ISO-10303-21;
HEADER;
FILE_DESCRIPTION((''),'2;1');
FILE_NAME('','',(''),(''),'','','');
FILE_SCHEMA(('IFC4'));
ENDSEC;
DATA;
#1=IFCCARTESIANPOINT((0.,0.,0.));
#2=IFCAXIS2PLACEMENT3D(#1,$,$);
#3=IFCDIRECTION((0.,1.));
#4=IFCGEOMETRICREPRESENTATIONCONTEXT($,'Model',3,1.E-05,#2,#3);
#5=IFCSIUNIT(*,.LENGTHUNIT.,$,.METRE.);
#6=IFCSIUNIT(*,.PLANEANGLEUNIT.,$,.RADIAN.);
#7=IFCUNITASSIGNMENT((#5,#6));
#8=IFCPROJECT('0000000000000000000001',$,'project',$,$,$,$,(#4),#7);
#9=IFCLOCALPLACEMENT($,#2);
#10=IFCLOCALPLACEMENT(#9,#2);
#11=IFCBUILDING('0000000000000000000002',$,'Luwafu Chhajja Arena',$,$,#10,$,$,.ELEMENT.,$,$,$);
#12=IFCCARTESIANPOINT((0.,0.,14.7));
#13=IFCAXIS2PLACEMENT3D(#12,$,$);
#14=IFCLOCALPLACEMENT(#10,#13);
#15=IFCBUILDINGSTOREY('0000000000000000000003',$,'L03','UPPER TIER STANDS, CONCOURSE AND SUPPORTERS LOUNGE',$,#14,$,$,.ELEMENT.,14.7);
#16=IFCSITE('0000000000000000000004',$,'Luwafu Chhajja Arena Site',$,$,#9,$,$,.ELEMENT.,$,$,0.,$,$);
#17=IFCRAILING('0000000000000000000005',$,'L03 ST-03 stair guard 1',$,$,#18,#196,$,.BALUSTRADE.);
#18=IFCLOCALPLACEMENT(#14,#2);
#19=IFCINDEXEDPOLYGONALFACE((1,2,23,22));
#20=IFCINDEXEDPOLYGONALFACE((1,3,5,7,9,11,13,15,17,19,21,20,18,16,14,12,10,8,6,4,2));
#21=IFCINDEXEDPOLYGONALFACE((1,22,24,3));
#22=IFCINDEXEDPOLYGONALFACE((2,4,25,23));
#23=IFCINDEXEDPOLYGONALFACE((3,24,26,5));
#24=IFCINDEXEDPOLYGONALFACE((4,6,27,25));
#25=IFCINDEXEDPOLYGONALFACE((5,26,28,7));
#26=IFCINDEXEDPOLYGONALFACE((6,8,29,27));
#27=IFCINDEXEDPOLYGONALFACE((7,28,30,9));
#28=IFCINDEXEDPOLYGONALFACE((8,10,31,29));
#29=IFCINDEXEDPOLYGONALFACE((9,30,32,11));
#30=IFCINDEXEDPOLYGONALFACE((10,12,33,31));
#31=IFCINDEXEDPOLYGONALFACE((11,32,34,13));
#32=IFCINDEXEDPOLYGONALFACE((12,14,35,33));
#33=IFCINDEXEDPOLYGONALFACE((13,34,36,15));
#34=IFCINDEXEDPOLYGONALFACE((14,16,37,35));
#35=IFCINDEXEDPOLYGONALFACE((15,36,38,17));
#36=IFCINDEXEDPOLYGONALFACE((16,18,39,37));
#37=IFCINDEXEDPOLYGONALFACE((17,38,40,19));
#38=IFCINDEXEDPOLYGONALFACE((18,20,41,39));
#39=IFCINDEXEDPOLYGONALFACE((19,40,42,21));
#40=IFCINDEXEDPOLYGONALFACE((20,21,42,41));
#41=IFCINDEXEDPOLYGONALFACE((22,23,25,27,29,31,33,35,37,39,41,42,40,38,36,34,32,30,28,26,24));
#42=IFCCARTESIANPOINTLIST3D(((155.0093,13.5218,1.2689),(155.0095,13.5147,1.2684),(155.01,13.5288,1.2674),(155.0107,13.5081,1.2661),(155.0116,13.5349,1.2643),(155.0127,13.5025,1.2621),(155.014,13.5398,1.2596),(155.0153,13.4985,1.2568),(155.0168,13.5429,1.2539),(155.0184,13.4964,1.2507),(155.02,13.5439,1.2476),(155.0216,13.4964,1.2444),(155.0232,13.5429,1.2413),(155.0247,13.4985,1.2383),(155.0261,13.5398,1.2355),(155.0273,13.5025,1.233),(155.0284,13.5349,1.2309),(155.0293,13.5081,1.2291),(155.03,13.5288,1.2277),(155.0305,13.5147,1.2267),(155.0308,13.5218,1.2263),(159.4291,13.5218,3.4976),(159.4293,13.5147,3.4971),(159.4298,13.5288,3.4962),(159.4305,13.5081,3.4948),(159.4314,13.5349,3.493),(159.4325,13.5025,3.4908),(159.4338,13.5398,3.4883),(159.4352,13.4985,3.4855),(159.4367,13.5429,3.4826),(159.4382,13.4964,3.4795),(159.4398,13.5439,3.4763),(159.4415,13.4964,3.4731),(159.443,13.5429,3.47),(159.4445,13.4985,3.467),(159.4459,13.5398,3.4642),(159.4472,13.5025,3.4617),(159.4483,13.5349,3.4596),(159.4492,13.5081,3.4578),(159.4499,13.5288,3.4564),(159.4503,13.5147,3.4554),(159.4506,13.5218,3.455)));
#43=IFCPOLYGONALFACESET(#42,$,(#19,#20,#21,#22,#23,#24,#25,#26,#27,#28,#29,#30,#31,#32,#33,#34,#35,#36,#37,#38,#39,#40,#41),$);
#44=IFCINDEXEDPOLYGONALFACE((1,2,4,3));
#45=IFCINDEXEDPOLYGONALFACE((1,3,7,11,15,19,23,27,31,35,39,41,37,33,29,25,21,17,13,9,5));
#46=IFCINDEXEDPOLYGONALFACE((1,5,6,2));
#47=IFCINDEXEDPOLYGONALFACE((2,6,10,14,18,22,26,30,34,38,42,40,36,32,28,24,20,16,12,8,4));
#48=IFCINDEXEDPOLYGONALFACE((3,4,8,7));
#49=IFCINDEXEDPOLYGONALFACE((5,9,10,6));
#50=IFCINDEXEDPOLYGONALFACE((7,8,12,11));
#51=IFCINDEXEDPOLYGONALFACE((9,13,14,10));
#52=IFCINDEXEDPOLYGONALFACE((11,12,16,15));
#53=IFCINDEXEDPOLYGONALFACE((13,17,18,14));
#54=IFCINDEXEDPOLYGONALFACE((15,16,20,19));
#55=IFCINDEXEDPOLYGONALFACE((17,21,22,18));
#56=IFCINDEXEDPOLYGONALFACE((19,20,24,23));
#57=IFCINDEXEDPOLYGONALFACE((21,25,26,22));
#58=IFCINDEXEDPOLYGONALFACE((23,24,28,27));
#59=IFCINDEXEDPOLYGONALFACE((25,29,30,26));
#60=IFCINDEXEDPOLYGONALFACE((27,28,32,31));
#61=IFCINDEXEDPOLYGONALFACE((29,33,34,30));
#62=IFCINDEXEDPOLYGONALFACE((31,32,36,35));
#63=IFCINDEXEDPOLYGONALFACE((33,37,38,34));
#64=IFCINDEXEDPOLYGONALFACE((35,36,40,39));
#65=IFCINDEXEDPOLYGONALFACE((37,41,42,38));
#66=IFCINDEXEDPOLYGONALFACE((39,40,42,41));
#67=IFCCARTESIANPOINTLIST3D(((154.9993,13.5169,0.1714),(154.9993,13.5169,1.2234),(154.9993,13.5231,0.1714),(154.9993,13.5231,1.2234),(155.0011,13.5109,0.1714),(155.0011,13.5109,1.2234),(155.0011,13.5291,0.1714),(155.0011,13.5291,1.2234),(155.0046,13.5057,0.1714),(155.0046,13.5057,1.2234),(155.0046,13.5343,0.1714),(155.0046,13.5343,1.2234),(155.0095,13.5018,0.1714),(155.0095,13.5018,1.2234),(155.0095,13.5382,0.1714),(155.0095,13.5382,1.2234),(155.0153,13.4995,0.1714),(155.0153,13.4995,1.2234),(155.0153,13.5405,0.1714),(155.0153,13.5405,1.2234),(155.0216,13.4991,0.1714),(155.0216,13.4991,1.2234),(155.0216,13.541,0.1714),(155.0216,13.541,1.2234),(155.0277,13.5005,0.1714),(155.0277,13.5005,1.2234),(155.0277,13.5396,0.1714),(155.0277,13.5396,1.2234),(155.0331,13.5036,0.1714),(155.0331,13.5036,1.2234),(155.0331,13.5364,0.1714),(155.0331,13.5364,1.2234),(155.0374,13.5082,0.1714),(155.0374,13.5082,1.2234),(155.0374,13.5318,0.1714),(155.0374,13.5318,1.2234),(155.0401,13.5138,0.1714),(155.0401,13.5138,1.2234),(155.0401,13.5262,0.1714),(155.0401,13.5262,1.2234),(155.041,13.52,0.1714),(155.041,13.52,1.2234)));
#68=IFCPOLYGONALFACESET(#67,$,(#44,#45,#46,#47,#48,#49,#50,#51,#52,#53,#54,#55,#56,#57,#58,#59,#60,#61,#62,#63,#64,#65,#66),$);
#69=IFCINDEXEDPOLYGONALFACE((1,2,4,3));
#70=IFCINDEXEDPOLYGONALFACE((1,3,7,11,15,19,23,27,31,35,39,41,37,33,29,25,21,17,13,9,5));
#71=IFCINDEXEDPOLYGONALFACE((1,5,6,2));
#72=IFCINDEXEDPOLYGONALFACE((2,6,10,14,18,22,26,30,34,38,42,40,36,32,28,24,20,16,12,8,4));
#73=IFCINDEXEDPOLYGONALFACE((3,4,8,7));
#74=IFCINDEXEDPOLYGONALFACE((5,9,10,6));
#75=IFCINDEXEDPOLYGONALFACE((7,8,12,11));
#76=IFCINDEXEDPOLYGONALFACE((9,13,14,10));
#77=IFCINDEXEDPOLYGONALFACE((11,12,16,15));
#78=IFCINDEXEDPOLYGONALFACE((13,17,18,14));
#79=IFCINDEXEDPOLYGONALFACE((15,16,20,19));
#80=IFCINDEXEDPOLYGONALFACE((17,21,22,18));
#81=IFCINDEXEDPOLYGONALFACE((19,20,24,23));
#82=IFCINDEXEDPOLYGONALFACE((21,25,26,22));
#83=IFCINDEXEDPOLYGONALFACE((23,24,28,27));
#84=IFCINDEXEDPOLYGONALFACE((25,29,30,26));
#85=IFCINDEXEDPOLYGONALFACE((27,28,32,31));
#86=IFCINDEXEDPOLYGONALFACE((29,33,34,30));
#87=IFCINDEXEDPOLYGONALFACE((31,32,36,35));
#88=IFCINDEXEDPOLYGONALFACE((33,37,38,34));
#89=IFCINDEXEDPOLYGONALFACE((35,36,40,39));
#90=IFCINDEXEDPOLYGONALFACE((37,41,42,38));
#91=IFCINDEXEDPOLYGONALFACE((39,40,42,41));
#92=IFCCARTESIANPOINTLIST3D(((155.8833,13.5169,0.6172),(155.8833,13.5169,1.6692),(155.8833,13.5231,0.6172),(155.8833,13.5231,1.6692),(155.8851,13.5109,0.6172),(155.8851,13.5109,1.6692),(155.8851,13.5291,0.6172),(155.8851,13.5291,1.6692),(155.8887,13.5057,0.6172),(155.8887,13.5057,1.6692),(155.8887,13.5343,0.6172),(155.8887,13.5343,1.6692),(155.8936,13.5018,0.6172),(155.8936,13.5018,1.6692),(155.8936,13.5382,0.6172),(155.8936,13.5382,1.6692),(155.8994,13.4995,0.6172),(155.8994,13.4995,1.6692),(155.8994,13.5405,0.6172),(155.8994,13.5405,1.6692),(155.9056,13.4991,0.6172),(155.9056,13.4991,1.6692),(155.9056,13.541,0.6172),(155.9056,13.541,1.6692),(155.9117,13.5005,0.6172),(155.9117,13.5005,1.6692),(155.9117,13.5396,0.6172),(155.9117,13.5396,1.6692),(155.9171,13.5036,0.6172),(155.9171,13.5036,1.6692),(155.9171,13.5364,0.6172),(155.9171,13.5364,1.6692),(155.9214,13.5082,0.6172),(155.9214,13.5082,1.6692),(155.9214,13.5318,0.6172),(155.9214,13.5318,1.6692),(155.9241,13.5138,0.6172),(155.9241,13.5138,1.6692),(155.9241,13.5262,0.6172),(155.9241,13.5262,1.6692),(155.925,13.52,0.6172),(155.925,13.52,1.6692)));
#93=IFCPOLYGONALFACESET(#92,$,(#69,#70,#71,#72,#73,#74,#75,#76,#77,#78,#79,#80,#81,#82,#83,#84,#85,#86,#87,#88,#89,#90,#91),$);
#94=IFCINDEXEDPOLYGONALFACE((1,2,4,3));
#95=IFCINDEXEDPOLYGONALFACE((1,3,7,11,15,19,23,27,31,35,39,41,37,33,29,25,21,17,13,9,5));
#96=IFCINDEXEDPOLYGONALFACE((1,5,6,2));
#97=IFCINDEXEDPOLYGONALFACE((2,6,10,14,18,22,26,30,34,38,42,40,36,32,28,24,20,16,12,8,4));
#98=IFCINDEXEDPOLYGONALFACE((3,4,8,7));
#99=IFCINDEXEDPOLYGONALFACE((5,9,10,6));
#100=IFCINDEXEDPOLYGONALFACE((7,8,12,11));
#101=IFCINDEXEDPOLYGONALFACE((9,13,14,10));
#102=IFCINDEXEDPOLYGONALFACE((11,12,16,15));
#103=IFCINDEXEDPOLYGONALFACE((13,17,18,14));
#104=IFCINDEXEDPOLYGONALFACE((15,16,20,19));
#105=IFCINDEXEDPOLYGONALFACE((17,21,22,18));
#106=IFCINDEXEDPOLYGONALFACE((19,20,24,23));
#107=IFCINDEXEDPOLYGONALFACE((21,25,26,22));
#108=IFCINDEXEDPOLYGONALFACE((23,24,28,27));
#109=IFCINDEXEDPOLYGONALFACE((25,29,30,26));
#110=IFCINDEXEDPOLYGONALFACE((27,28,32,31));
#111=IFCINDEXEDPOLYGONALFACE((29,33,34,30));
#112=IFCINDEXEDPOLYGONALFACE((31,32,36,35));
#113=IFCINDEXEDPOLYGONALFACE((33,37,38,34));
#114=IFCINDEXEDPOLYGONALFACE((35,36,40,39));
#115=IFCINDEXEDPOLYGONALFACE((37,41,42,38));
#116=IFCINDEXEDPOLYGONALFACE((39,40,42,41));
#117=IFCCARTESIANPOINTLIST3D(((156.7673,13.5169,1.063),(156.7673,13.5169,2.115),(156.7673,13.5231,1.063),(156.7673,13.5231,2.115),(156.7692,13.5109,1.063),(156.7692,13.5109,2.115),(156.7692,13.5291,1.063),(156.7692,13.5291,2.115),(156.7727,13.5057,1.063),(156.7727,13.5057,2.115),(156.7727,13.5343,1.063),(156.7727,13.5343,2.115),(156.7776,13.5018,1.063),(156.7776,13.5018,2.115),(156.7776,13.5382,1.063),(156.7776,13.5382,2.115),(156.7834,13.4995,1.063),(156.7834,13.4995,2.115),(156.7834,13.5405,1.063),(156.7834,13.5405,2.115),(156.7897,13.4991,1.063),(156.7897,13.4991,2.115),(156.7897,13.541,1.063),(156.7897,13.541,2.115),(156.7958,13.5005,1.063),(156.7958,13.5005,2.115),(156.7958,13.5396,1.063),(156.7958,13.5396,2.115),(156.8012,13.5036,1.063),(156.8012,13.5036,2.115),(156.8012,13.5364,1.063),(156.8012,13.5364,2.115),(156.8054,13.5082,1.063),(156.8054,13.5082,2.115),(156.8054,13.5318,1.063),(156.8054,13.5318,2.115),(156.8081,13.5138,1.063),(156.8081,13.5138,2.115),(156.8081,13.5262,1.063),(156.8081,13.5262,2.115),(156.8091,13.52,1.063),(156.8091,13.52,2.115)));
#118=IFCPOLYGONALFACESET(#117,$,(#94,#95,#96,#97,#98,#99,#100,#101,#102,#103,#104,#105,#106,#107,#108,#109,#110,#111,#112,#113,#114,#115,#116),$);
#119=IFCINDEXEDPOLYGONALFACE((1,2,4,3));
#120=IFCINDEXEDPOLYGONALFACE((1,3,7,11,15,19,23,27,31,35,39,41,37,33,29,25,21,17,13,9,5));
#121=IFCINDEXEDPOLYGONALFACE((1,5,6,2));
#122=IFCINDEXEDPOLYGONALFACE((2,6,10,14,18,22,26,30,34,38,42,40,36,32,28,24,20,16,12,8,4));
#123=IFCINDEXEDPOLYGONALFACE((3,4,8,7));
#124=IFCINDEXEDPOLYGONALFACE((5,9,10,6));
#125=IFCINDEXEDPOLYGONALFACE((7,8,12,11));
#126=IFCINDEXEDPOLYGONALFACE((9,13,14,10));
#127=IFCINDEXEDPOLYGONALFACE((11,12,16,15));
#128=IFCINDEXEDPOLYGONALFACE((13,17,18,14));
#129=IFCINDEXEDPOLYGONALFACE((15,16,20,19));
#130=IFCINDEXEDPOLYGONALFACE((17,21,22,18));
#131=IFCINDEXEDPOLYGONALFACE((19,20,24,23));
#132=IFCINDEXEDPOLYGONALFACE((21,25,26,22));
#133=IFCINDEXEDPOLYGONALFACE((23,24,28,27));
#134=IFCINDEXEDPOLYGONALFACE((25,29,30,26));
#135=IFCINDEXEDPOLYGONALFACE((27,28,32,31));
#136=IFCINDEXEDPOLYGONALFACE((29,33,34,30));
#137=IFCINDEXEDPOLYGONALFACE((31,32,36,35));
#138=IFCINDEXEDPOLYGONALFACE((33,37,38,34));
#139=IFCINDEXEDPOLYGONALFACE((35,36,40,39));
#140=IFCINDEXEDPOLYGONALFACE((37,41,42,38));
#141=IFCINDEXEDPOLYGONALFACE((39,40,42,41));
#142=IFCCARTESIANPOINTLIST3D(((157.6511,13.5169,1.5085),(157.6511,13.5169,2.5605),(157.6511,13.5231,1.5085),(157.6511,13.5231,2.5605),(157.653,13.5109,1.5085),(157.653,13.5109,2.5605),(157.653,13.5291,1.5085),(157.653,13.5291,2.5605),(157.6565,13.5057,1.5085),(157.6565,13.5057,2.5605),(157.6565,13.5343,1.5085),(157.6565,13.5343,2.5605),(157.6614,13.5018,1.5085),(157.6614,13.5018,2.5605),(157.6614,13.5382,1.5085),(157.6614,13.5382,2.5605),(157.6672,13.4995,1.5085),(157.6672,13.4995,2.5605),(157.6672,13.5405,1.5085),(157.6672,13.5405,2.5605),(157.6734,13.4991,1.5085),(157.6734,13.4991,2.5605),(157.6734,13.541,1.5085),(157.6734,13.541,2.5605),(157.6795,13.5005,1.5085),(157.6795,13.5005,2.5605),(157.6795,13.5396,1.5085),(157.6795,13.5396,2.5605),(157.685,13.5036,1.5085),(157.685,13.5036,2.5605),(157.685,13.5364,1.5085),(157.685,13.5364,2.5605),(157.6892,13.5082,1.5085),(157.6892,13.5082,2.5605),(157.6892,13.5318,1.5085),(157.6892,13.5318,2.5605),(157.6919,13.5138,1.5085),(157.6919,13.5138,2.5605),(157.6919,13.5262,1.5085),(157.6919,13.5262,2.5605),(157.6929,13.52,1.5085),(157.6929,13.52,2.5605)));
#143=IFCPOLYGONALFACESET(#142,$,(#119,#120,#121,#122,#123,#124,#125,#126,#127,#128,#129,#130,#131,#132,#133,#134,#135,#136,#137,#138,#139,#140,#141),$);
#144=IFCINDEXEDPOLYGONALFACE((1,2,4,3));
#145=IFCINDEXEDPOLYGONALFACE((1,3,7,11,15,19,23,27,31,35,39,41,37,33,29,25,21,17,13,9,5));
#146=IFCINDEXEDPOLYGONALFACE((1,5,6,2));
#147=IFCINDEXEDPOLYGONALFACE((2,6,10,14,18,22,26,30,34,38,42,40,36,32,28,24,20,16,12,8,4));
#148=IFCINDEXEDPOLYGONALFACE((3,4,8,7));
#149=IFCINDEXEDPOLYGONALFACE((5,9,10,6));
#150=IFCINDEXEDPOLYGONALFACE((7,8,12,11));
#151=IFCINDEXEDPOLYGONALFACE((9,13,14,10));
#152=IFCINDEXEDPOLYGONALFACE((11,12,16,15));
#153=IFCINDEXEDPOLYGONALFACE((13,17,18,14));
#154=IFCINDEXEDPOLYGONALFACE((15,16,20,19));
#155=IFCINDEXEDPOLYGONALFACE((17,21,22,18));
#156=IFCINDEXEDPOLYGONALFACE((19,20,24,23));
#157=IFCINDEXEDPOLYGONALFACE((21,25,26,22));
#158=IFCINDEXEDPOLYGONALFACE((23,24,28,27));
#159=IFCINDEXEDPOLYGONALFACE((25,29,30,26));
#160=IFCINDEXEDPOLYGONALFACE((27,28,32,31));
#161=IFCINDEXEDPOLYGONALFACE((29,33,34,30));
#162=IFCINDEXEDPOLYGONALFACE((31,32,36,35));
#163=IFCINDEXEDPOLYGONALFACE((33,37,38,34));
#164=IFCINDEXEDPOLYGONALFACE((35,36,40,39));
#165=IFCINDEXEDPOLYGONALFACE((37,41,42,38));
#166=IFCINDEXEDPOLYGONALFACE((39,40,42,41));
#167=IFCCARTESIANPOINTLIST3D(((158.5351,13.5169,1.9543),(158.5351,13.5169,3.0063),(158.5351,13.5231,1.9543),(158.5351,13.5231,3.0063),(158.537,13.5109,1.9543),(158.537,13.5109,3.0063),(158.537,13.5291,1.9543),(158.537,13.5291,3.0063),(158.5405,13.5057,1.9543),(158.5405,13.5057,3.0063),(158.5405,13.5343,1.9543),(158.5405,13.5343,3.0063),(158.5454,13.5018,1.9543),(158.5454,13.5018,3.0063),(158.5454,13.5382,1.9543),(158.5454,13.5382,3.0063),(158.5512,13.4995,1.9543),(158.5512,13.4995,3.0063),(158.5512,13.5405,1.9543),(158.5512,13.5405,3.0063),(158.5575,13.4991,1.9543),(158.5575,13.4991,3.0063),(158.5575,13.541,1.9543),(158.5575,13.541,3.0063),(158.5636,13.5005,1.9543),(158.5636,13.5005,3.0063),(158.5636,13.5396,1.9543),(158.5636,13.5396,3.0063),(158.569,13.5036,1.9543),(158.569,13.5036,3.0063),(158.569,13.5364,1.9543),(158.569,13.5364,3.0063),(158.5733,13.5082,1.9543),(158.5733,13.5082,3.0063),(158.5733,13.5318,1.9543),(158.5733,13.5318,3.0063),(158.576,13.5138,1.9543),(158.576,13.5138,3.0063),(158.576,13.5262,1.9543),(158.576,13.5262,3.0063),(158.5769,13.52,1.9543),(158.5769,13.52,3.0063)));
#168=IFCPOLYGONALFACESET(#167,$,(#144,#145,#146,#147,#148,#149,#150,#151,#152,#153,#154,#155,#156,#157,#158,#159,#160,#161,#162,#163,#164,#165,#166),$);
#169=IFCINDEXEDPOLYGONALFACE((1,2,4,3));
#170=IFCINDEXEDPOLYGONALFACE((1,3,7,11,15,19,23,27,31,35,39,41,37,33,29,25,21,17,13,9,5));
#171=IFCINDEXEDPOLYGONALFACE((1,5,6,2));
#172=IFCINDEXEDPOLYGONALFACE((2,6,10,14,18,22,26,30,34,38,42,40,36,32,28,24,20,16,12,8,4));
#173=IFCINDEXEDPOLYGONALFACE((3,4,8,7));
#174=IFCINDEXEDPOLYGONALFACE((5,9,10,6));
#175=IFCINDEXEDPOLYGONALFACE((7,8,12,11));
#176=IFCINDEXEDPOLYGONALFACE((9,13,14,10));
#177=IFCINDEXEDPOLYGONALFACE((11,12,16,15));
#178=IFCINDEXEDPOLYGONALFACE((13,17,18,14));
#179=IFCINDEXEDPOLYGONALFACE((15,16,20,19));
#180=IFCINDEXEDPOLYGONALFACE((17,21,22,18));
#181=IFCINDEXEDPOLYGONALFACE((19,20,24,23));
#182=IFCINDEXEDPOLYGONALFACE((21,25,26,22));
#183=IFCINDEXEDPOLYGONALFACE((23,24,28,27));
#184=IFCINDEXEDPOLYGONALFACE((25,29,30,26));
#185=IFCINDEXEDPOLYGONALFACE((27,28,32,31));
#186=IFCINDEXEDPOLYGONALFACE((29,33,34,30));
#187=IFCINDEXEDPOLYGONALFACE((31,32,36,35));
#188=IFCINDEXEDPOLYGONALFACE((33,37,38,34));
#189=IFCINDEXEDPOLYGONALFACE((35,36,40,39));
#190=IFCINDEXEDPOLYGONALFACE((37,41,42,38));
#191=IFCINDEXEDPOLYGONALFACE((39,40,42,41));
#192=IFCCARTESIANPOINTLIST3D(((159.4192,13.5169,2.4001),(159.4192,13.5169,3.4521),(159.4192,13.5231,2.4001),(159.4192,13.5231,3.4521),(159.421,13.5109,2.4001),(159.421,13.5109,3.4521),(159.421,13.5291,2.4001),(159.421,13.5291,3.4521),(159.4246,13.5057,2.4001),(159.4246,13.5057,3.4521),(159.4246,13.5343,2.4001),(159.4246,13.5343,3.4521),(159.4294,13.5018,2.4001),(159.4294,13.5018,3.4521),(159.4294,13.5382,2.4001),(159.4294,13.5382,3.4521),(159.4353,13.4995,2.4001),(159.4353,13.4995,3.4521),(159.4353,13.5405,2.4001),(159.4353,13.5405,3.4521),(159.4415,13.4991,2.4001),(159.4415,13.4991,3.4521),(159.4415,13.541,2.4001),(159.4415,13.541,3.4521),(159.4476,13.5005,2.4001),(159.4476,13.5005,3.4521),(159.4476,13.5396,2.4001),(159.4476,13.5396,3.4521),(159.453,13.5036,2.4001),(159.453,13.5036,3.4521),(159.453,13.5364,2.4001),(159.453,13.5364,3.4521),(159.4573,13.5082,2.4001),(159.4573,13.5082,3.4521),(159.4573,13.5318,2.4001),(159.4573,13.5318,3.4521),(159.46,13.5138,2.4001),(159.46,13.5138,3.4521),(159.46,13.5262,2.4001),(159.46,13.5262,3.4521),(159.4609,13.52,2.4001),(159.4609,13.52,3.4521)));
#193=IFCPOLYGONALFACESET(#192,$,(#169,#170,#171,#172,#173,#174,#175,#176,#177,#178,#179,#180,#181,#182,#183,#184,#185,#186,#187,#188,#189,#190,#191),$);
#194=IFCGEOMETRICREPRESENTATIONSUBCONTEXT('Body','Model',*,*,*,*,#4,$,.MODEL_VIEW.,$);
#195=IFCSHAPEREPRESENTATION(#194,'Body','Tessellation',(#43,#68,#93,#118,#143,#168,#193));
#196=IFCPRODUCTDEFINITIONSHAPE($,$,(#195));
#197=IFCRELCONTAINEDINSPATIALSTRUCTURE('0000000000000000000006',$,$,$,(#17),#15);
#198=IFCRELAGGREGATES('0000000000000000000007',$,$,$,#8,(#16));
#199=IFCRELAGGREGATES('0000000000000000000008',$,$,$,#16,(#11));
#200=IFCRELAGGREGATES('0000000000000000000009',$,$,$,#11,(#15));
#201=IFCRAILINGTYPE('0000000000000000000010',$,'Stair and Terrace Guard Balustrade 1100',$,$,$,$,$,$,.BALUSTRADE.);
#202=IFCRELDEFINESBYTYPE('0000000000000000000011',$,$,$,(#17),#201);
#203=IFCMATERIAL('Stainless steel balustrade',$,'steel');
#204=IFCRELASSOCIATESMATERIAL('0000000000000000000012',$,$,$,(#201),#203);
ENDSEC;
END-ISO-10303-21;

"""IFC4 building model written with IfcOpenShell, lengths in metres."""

from ifc_helpers import new_model, si_unit, direction, frame, origin, origin_2d, place, context, subcontext, project, spatial, circle, extrude, material, type_object, element, save


model = new_model("IFC4")

# Units and contexts
model_context = context("Model", 3, precision=1e-05, world=origin(), true_north=direction((0.0, 1.0)))
body_context = subcontext(model_context, "Body", "Model", "MODEL_VIEW")
ifc_project = project(units=[si_unit("LENGTHUNIT", "METRE"), si_unit("PLANEANGLEUNIT", "RADIAN")], contexts=[model_context])

# Site, building, storey
site_placement = place(None, origin())
site = spatial("IfcSite", under=ifc_project, at=site_placement, Name="Luwafu Chhajja Arena Site", CompositionType="ELEMENT", RefElevation=0.0)
building_placement = place(site_placement, origin())
building = spatial("IfcBuilding", under=site, at=building_placement, Name="Luwafu Chhajja Arena", CompositionType="ELEMENT")
storey_placement = place(building_placement, frame((0.0, 0.0, 14.7)))
storey = spatial("IfcBuildingStorey", under=building, at=storey_placement, Name="L03", Description="UPPER TIER STANDS, CONCOURSE AND SUPPORTERS LOUNGE", CompositionType="ELEMENT", Elevation=14.7)

# Railing
ifc_material_1 = material(Name="Stainless steel balustrade", Category="steel")
railing_type_1 = type_object("IfcRailingType", Name="Stair and Terrace Guard Balustrade 1100", PredefinedType="BALUSTRADE", material=ifc_material_1)
railing_1_placement = place(storey_placement, frame((155.02, 13.52, 0.1714)))
element("IfcRailing", 1, at=railing_1_placement, inside=storey, type_object=railing_type_1, Name="L03 ST-03 stair guard 1", PredefinedType="BALUSTRADE", context=body_context, shape_type="SweptSolid", body=[
    extrude(circle(Radius=0.0239, at=origin_2d()), frame((0.0, 0.0, 1.0762), z_axis=(0.892903, 0.0, 0.450249), x_axis=(0.0, 1.0, 0.0)), (0.0, 0.0, 1.0), 4.95),
    extrude(circle(Radius=0.021, at=origin_2d()), origin(), (0.0, 0.0, 1.0), 1.052),
    extrude(circle(Radius=0.021, at=origin_2d()), frame((0.884, 0.0, 0.4458)), (0.0, 0.0, 1.0), 1.052),
    extrude(circle(Radius=0.021, at=origin_2d()), frame((1.7681, 0.0, 0.8916)), (0.0, 0.0, 1.0), 1.052),
    extrude(circle(Radius=0.021, at=origin_2d()), frame((2.6519, 0.0, 1.3372)), (0.0, 0.0, 1.0), 1.052),
    extrude(circle(Radius=0.021, at=origin_2d()), frame((3.5359, 0.0, 1.783)), (0.0, 0.0, 1.0), 1.052),
    extrude(circle(Radius=0.021, at=origin_2d()), frame((4.4199, 0.0, 2.2288)), (0.0, 0.0, 1.0), 1.052),
])

save(model, "model.ifc")
